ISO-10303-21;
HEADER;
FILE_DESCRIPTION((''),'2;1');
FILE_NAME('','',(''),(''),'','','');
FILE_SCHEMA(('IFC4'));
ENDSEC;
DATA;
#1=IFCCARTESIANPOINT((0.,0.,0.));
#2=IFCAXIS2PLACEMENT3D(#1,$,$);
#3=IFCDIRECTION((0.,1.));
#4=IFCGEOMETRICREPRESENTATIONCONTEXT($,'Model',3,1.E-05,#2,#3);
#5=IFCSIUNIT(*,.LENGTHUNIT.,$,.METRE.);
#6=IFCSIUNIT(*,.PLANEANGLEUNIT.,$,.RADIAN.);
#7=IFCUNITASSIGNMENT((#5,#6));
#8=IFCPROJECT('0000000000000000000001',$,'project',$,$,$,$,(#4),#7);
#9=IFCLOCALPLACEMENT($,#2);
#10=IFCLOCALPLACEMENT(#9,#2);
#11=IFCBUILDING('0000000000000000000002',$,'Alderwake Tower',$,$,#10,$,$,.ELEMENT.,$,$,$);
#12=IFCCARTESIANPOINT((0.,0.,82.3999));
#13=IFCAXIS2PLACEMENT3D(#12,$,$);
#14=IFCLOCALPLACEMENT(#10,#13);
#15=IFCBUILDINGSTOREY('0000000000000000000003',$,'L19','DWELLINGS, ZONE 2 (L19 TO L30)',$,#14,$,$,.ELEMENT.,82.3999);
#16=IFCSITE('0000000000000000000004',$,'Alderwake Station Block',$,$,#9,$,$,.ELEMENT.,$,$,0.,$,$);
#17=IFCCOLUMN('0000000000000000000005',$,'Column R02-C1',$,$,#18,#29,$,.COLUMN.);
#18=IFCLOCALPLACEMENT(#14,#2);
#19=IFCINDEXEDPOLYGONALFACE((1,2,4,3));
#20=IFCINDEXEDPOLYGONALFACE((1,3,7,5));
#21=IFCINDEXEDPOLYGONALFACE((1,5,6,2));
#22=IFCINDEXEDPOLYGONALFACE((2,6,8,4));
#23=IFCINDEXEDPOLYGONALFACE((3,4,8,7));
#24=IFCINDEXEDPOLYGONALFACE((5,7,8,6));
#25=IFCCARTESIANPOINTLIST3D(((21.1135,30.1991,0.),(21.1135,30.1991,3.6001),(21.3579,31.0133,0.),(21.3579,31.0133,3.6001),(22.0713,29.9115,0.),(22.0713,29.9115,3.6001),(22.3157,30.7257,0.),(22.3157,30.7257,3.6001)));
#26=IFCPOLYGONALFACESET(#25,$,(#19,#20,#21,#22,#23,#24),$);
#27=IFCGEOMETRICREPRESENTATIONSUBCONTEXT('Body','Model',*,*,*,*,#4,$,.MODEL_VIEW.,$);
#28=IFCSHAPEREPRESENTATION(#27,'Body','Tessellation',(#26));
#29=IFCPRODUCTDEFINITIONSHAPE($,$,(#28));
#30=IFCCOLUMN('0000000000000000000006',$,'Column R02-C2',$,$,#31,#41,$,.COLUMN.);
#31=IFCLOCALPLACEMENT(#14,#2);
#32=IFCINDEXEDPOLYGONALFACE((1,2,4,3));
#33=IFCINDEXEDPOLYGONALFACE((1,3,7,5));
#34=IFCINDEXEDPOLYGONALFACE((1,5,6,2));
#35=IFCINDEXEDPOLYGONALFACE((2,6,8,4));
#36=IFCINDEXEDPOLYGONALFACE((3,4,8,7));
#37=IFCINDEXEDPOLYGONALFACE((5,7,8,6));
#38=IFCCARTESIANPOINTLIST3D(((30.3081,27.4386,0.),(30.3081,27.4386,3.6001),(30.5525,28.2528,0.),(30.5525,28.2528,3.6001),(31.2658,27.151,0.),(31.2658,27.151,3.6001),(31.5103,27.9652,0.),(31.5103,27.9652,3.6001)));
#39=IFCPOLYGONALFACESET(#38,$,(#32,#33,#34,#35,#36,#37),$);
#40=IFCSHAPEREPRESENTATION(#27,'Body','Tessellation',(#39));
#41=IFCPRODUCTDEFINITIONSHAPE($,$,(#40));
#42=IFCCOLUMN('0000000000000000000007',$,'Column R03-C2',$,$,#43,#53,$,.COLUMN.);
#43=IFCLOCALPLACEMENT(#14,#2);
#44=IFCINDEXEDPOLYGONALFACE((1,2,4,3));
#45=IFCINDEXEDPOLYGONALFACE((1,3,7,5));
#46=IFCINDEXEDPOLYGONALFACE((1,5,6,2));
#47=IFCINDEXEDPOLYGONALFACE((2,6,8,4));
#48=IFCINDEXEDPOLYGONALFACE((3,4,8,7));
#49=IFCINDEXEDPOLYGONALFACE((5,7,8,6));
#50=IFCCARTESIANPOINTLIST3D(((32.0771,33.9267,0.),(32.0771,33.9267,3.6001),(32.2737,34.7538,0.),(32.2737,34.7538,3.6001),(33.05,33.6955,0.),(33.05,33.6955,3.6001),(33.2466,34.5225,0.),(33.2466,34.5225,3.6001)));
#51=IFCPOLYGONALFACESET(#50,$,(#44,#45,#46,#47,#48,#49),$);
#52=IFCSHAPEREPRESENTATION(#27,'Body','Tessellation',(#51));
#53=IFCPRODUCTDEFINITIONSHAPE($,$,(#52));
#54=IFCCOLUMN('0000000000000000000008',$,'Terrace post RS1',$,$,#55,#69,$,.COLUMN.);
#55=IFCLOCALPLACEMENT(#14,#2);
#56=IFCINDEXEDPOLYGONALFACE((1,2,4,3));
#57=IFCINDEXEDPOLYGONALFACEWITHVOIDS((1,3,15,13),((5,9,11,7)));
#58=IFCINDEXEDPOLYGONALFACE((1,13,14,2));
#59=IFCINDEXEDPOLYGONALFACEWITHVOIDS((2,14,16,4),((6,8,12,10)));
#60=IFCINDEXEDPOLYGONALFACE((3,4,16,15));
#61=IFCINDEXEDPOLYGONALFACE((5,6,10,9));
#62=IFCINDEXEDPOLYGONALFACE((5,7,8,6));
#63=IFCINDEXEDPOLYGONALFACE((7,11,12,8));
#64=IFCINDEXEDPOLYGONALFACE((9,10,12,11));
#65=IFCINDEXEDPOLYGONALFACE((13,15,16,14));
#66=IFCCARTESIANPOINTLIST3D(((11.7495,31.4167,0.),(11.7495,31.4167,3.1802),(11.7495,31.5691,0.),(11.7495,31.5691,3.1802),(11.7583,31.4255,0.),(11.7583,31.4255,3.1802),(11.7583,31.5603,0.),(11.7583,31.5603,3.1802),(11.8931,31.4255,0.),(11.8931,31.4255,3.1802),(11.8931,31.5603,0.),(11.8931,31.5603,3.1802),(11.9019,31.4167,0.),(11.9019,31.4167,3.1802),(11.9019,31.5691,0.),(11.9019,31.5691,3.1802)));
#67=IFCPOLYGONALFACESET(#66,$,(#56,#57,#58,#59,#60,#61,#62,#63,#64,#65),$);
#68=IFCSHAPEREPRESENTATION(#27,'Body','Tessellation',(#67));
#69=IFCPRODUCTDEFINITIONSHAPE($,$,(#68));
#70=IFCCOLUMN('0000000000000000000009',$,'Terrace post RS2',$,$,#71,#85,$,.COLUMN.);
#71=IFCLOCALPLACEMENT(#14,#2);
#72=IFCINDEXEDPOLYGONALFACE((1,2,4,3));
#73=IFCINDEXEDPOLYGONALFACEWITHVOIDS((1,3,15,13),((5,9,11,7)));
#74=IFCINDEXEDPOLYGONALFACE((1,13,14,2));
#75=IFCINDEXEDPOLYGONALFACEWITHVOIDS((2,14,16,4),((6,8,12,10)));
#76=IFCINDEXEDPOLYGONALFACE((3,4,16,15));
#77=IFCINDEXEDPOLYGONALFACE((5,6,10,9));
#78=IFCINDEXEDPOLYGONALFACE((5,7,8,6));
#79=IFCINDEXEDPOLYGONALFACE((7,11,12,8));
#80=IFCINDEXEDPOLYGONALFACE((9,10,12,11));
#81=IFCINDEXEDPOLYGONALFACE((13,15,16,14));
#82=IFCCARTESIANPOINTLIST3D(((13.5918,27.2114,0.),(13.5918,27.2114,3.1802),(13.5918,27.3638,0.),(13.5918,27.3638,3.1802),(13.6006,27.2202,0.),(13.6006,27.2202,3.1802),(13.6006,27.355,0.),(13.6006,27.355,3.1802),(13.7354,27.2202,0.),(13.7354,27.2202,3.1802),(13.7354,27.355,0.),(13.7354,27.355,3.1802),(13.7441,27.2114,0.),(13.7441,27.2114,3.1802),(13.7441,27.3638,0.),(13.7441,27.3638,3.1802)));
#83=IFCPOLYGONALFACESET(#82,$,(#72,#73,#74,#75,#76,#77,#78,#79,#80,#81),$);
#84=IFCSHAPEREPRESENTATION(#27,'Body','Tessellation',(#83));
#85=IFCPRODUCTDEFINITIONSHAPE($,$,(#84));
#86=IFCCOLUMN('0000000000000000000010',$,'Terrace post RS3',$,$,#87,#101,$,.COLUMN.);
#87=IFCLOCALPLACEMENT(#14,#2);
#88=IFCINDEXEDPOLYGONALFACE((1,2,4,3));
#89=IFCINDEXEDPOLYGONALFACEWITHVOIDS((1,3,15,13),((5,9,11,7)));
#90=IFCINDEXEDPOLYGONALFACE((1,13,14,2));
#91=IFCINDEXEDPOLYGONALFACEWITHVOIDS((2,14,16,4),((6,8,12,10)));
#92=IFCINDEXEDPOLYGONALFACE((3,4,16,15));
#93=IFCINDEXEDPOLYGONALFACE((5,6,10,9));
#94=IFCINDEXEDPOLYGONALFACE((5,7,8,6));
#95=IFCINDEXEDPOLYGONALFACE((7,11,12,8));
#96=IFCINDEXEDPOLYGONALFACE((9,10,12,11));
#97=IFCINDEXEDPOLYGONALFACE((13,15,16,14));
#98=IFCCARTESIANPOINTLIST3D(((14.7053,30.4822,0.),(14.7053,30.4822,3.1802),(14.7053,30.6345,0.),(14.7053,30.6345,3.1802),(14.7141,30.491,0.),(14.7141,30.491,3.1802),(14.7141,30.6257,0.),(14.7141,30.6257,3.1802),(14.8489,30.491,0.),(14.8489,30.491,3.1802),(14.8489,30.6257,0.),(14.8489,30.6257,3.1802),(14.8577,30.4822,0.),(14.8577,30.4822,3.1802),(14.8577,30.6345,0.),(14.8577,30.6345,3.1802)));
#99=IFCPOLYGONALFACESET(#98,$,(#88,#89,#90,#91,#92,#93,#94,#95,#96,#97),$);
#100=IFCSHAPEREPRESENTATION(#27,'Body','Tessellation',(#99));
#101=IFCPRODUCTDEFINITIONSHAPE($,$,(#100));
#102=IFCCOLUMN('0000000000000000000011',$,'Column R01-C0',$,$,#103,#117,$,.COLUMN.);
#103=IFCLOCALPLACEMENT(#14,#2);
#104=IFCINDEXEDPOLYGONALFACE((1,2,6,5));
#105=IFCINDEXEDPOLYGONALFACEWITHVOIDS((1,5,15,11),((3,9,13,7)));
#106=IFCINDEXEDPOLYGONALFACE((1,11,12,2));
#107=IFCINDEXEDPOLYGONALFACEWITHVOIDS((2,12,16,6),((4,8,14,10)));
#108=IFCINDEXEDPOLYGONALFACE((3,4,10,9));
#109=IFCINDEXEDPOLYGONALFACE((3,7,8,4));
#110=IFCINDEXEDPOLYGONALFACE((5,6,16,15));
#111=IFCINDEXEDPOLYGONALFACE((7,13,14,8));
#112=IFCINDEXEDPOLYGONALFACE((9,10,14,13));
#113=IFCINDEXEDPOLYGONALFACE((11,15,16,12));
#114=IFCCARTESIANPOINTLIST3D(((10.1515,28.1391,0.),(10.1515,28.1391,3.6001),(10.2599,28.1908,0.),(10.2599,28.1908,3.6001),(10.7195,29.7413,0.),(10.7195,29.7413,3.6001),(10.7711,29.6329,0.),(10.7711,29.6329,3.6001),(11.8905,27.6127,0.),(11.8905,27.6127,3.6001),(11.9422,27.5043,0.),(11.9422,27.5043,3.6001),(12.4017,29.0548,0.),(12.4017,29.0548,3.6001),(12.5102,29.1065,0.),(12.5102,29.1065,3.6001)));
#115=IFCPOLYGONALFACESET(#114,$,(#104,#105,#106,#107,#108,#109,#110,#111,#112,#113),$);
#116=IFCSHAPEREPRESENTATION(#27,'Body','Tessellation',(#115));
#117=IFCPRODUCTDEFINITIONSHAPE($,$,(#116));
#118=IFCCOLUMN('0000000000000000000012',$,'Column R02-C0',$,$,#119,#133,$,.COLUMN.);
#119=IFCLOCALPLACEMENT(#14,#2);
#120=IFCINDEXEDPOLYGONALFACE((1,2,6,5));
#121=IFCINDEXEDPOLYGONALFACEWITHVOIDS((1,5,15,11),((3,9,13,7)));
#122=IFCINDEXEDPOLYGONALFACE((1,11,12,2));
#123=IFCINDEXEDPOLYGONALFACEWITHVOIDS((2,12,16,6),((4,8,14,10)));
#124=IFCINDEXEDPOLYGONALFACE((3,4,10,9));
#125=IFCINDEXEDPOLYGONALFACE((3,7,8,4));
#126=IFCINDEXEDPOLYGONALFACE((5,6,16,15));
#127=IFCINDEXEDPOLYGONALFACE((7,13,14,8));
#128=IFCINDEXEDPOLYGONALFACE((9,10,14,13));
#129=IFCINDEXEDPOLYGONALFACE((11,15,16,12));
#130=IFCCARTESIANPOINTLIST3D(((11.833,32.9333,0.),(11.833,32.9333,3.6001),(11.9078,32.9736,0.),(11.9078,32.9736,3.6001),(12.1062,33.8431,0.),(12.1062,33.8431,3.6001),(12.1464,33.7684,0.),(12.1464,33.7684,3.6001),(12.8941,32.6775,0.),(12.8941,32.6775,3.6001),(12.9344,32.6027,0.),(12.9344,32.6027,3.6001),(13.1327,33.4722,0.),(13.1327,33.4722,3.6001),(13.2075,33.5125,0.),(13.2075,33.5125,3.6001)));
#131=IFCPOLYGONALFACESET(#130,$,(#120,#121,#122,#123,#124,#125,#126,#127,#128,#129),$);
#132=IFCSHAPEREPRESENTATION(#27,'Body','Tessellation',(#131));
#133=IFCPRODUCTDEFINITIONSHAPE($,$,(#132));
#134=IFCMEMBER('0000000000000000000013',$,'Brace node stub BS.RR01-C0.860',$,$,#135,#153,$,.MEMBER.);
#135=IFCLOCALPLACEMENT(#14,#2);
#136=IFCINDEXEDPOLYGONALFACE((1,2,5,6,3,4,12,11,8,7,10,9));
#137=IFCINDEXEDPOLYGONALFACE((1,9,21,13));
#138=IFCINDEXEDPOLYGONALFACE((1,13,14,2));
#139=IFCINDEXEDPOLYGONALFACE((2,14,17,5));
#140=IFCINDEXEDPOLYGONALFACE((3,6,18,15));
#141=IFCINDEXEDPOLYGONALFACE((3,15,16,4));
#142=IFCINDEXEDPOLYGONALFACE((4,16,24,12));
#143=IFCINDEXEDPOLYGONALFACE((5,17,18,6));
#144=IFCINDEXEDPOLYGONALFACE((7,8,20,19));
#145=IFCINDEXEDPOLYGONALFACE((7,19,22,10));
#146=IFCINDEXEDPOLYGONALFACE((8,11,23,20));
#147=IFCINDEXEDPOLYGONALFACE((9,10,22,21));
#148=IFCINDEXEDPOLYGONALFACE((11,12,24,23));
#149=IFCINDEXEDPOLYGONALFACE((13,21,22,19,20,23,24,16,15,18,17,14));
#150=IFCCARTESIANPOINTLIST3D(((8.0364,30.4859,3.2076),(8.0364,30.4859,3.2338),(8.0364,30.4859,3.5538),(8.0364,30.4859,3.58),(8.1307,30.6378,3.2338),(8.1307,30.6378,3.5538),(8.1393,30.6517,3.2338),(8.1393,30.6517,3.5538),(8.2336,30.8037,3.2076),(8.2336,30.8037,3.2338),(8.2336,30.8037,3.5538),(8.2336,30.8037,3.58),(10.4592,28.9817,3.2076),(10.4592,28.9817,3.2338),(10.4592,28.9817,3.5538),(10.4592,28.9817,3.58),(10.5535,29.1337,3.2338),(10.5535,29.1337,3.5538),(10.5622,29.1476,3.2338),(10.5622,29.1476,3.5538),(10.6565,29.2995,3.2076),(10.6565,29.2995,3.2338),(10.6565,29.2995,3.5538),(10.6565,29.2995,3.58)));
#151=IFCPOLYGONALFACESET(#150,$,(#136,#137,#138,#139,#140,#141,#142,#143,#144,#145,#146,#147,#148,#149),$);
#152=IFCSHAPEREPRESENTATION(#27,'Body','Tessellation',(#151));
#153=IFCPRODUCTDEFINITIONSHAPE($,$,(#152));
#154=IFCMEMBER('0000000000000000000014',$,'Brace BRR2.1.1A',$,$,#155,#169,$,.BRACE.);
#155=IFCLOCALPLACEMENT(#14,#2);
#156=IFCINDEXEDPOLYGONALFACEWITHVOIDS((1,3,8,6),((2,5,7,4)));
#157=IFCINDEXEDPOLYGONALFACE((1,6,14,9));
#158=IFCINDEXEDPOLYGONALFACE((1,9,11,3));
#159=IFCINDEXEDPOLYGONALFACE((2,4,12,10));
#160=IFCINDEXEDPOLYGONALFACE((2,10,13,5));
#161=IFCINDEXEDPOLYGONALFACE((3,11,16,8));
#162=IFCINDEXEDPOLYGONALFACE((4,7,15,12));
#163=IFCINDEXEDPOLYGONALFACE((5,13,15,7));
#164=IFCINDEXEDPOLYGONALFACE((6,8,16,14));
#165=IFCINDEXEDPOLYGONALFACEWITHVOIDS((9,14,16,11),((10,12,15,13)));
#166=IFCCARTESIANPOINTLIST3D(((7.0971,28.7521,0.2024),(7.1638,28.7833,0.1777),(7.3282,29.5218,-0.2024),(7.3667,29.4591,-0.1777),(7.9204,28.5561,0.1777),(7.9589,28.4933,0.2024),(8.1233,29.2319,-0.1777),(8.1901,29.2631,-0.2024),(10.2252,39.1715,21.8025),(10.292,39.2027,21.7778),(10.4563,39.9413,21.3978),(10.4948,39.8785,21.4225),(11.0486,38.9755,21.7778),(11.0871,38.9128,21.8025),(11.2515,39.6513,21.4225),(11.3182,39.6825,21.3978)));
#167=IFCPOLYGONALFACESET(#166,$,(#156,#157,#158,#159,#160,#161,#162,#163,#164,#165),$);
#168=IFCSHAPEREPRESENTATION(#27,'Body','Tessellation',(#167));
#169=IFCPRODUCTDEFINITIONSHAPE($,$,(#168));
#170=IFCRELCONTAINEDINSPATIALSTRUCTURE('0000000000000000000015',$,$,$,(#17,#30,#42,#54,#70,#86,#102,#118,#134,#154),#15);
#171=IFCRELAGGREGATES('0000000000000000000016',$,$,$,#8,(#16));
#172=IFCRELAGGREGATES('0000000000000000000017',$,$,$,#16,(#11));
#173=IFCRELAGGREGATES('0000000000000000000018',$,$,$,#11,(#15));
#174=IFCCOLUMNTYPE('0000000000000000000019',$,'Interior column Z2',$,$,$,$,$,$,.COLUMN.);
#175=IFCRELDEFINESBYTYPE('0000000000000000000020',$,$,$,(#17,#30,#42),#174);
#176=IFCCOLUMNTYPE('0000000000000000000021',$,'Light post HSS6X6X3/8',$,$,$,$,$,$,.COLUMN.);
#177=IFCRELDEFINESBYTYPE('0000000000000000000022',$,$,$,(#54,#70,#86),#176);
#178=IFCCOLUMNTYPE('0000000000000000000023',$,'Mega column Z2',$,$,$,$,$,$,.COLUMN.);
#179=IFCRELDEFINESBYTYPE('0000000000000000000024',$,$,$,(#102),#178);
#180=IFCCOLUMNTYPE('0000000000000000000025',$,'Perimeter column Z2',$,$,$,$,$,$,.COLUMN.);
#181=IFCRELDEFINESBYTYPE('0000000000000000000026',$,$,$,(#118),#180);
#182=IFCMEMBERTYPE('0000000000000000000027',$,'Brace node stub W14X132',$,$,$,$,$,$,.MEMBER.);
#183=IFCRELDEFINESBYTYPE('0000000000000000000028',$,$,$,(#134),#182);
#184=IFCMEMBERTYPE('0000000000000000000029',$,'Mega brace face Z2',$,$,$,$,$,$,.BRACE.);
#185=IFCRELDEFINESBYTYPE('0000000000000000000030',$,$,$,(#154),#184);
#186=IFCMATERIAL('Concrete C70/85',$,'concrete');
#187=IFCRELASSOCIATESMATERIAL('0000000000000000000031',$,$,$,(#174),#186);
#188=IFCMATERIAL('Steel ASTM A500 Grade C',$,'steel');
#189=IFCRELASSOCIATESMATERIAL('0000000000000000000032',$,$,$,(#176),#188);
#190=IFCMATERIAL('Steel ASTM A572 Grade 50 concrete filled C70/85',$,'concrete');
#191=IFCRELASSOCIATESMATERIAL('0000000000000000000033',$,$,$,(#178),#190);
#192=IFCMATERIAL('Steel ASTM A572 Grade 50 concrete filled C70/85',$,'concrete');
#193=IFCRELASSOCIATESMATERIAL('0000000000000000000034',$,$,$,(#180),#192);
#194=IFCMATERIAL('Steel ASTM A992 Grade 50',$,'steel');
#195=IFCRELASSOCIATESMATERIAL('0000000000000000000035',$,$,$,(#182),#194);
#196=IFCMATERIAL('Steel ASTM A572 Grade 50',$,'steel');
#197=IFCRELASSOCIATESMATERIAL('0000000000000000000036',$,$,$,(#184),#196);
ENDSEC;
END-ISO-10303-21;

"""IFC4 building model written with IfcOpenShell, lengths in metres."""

from ifc_helpers import new_model, si_unit, direction, frame, origin, origin_2d, place, context, subcontext, project, spatial, rectangle, hollow_rectangle, i_section, extrude, material, material_profile, profile_set, type_object, element, save


model = new_model("IFC4")

# Units and contexts
model_context = context("Model", 3, precision=1e-05, world=origin(), true_north=direction((0.0, 1.0)))
body_context = subcontext(model_context, "Body", "Model", "MODEL_VIEW")
ifc_project = project(units=[si_unit("LENGTHUNIT", "METRE"), si_unit("PLANEANGLEUNIT", "RADIAN")], contexts=[model_context])

# Site, building, storey
site_placement = place(None, origin())
site = spatial("IfcSite", under=ifc_project, at=site_placement, Name="Alderwake Station Block", CompositionType="ELEMENT", RefElevation=0.0)
building_placement = place(site_placement, origin())
building = spatial("IfcBuilding", under=site, at=building_placement, Name="Alderwake Tower", CompositionType="ELEMENT")
storey_placement = place(building_placement, frame((0.0, 0.0, 82.3999)))
storey = spatial("IfcBuildingStorey", under=building, at=storey_placement, Name="L19", Description="DWELLINGS, ZONE 2 (L19 TO L30)", CompositionType="ELEMENT", Elevation=82.3999)

# Columns
ifc_material_1 = material(Name="Concrete C70/85", Category="concrete")
ifc_material_profile_1 = material_profile(ifc_material_1, rectangle(XDim=0.8501, YDim=1.0, at=origin_2d()), Name="RC 1000X850")
ifc_profile_set_1 = profile_set([ifc_material_profile_1], Name="Concrete C70/85")
column_type_1 = type_object("IfcColumnType", Name="Interior column Z2", PredefinedType="COLUMN", material=ifc_profile_set_1)
for number, where, z_axis, x_axis, name in (
    (1, (21.7146, 30.4624, 0.0), (0.0, 0.0, 1.0), (0.287549, 0.957766, 0.0), "Column R02-C1"),
    (2, (30.9092, 27.7019, 0.0), (0.0, 0.0, 1.0), (0.287549, 0.957766, 0.0), "Column R02-C2"),
    (3, (32.6619, 34.2246, 0.0), (0.0, 0.0, 1.0), (0.231222, 0.972901, 0.0), "Column R03-C2"),
):
    element("IfcColumn", number, at=place(storey_placement, frame(where, z_axis=z_axis, x_axis=x_axis)), inside=storey, type_object=column_type_1, Name=name, PredefinedType="COLUMN", context=body_context, shape_type="SweptSolid", body=[
        extrude(rectangle(XDim=0.8501, YDim=1.0, at=origin_2d()), origin(), (0.0, 0.0, 1.0), 3.6001),
    ])
ifc_material_2 = material(Name="Steel ASTM A500 Grade C", Category="steel")
ifc_material_profile_2 = material_profile(ifc_material_2, hollow_rectangle(XDim=0.1523, YDim=0.1523, WallThickness=0.0088, at=origin_2d()), Name="HSS6X6X3/8")
ifc_profile_set_2 = profile_set([ifc_material_profile_2], Name="Steel ASTM A500 Grade C")
column_type_2 = type_object("IfcColumnType", Name="Light post HSS6X6X3/8", PredefinedType="COLUMN", material=ifc_profile_set_2)
for number, where, z_axis, x_axis, name in (
    (4, (11.8257, 31.4929, 0.0), (0.0, 0.0, 1.0), (1.0, 0.0, 0.0), "Terrace post RS1"),
    (5, (13.668, 27.2876, 0.0), (0.0, 0.0, 1.0), (1.0, 0.0, 0.0), "Terrace post RS2"),
    (6, (14.7815, 30.5583, 0.0), (0.0, 0.0, 1.0), (1.0, 0.0, 0.0), "Terrace post RS3"),
):
    element("IfcColumn", number, at=place(storey_placement, frame(where, z_axis=z_axis, x_axis=x_axis)), inside=storey, type_object=column_type_2, Name=name, PredefinedType="COLUMN", context=body_context, shape_type="SweptSolid", body=[
        extrude(hollow_rectangle(XDim=0.1523, YDim=0.1523, WallThickness=0.0088, at=origin_2d()), origin(), (0.0, 0.0, 1.0), 3.1802),
    ])
ifc_material_3 = material(Name="Steel ASTM A572 Grade 50 concrete filled C70/85", Category="concrete")
ifc_material_profile_3 = material_profile(ifc_material_3, hollow_rectangle(XDim=1.7, YDim=1.8999, WallThickness=0.085, at=origin_2d()), Name="BOX 1900X1700X85")
ifc_profile_set_3 = profile_set([ifc_material_profile_3], Name="Steel ASTM A572 Grade 50 concrete filled C70/85")
column_type_3 = type_object("IfcColumnType", Name="Mega column Z2", PredefinedType="COLUMN", material=ifc_profile_set_3)
column_1_placement = place(storey_placement, frame((11.3308, 28.6228, 0.0), z_axis=(0.0, 0.0, 1.0), x_axis=(0.334131, 0.942527, 0.0)))
element("IfcColumn", 7, at=column_1_placement, inside=storey, type_object=column_type_3, Name="Column R01-C0", PredefinedType="COLUMN", context=body_context, shape_type="SweptSolid", body=[
    extrude(hollow_rectangle(XDim=1.7, YDim=1.8999, WallThickness=0.085, at=origin_2d()), origin(), (0.0, 0.0, 1.0), 3.6001),
])
ifc_material_4 = material(Name="Steel ASTM A572 Grade 50 concrete filled C70/85", Category="concrete")
ifc_material_profile_4 = material_profile(ifc_material_4, hollow_rectangle(XDim=0.95, YDim=1.1499, WallThickness=0.0601, at=origin_2d()), Name="BOX 1150X950X60")
ifc_profile_set_4 = profile_set([ifc_material_profile_4], Name="Steel ASTM A572 Grade 50 concrete filled C70/85")
column_type_4 = type_object("IfcColumnType", Name="Perimeter column Z2", PredefinedType="COLUMN", material=ifc_profile_set_4)
column_2_placement = place(storey_placement, frame((12.5203, 33.2229, 0.0), z_axis=(0.0, 0.0, 1.0), x_axis=(0.287549, 0.957766, 0.0)))
element("IfcColumn", 8, at=column_2_placement, inside=storey, type_object=column_type_4, Name="Column R02-C0", PredefinedType="COLUMN", context=body_context, shape_type="SweptSolid", body=[
    extrude(hollow_rectangle(XDim=0.95, YDim=1.1499, WallThickness=0.0601, at=origin_2d()), origin(), (0.0, 0.0, 1.0), 3.6001),
])

# Members
ifc_material_5 = material(Name="Steel ASTM A992 Grade 50", Category="steel")
ifc_material_profile_5 = material_profile(ifc_material_5, i_section(OverallWidth=0.374, OverallDepth=0.3723, WebThickness=0.0164, FlangeThickness=0.0261, at=origin_2d()), Name="W14X132")
ifc_profile_set_5 = profile_set([ifc_material_profile_5], Name="Steel ASTM A992 Grade 50")
member_type_1 = type_object("IfcMemberType", Name="Brace node stub W14X132", PredefinedType="MEMBER", material=ifc_profile_set_5)
member_1_placement = place(storey_placement, frame((10.5579, 29.1406, 3.3938), z_axis=(-0.849591, 0.527442, 0.0), x_axis=(-0.527442, -0.849591, 0.0)))
element("IfcMember", 9, at=member_1_placement, inside=storey, type_object=member_type_1, Name="Brace node stub BS.RR01-C0.860", PredefinedType="MEMBER", context=body_context, shape_type="SweptSolid", body=[
    extrude(i_section(OverallWidth=0.374, OverallDepth=0.3723, WebThickness=0.0164, FlangeThickness=0.0261, at=origin_2d()), origin(), (0.0, 0.0, 1.0), 2.8518),
])
ifc_material_6 = material(Name="Steel ASTM A572 Grade 50", Category="steel")
ifc_material_profile_6 = material_profile(ifc_material_6, hollow_rectangle(XDim=0.8999, YDim=0.8999, WallThickness=0.0549, at=origin_2d()), Name="BOX 900X900X55")
ifc_profile_set_6 = profile_set([ifc_material_profile_6], Name="Steel ASTM A572 Grade 50")
member_type_2 = type_object("IfcMemberType", Name="Mega brace face Z2", PredefinedType="BRACE", material=ifc_profile_set_6)
member_2_placement = place(storey_placement, frame((7.6436, 29.0076, 0.0), z_axis=(0.129344, 0.430822, 0.89312), x_axis=(-0.957767, 0.287546, 0.0)))
element("IfcMember", 10, at=member_2_placement, inside=storey, type_object=member_type_2, Name="Brace BRR2.1.1A", PredefinedType="BRACE", context=body_context, shape_type="SweptSolid", body=[
    extrude(hollow_rectangle(XDim=0.8999, YDim=0.8999, WallThickness=0.0549, at=origin_2d()), origin(), (0.0, 0.0, 1.0), 24.1851),
])

save(model, "model.ifc")
